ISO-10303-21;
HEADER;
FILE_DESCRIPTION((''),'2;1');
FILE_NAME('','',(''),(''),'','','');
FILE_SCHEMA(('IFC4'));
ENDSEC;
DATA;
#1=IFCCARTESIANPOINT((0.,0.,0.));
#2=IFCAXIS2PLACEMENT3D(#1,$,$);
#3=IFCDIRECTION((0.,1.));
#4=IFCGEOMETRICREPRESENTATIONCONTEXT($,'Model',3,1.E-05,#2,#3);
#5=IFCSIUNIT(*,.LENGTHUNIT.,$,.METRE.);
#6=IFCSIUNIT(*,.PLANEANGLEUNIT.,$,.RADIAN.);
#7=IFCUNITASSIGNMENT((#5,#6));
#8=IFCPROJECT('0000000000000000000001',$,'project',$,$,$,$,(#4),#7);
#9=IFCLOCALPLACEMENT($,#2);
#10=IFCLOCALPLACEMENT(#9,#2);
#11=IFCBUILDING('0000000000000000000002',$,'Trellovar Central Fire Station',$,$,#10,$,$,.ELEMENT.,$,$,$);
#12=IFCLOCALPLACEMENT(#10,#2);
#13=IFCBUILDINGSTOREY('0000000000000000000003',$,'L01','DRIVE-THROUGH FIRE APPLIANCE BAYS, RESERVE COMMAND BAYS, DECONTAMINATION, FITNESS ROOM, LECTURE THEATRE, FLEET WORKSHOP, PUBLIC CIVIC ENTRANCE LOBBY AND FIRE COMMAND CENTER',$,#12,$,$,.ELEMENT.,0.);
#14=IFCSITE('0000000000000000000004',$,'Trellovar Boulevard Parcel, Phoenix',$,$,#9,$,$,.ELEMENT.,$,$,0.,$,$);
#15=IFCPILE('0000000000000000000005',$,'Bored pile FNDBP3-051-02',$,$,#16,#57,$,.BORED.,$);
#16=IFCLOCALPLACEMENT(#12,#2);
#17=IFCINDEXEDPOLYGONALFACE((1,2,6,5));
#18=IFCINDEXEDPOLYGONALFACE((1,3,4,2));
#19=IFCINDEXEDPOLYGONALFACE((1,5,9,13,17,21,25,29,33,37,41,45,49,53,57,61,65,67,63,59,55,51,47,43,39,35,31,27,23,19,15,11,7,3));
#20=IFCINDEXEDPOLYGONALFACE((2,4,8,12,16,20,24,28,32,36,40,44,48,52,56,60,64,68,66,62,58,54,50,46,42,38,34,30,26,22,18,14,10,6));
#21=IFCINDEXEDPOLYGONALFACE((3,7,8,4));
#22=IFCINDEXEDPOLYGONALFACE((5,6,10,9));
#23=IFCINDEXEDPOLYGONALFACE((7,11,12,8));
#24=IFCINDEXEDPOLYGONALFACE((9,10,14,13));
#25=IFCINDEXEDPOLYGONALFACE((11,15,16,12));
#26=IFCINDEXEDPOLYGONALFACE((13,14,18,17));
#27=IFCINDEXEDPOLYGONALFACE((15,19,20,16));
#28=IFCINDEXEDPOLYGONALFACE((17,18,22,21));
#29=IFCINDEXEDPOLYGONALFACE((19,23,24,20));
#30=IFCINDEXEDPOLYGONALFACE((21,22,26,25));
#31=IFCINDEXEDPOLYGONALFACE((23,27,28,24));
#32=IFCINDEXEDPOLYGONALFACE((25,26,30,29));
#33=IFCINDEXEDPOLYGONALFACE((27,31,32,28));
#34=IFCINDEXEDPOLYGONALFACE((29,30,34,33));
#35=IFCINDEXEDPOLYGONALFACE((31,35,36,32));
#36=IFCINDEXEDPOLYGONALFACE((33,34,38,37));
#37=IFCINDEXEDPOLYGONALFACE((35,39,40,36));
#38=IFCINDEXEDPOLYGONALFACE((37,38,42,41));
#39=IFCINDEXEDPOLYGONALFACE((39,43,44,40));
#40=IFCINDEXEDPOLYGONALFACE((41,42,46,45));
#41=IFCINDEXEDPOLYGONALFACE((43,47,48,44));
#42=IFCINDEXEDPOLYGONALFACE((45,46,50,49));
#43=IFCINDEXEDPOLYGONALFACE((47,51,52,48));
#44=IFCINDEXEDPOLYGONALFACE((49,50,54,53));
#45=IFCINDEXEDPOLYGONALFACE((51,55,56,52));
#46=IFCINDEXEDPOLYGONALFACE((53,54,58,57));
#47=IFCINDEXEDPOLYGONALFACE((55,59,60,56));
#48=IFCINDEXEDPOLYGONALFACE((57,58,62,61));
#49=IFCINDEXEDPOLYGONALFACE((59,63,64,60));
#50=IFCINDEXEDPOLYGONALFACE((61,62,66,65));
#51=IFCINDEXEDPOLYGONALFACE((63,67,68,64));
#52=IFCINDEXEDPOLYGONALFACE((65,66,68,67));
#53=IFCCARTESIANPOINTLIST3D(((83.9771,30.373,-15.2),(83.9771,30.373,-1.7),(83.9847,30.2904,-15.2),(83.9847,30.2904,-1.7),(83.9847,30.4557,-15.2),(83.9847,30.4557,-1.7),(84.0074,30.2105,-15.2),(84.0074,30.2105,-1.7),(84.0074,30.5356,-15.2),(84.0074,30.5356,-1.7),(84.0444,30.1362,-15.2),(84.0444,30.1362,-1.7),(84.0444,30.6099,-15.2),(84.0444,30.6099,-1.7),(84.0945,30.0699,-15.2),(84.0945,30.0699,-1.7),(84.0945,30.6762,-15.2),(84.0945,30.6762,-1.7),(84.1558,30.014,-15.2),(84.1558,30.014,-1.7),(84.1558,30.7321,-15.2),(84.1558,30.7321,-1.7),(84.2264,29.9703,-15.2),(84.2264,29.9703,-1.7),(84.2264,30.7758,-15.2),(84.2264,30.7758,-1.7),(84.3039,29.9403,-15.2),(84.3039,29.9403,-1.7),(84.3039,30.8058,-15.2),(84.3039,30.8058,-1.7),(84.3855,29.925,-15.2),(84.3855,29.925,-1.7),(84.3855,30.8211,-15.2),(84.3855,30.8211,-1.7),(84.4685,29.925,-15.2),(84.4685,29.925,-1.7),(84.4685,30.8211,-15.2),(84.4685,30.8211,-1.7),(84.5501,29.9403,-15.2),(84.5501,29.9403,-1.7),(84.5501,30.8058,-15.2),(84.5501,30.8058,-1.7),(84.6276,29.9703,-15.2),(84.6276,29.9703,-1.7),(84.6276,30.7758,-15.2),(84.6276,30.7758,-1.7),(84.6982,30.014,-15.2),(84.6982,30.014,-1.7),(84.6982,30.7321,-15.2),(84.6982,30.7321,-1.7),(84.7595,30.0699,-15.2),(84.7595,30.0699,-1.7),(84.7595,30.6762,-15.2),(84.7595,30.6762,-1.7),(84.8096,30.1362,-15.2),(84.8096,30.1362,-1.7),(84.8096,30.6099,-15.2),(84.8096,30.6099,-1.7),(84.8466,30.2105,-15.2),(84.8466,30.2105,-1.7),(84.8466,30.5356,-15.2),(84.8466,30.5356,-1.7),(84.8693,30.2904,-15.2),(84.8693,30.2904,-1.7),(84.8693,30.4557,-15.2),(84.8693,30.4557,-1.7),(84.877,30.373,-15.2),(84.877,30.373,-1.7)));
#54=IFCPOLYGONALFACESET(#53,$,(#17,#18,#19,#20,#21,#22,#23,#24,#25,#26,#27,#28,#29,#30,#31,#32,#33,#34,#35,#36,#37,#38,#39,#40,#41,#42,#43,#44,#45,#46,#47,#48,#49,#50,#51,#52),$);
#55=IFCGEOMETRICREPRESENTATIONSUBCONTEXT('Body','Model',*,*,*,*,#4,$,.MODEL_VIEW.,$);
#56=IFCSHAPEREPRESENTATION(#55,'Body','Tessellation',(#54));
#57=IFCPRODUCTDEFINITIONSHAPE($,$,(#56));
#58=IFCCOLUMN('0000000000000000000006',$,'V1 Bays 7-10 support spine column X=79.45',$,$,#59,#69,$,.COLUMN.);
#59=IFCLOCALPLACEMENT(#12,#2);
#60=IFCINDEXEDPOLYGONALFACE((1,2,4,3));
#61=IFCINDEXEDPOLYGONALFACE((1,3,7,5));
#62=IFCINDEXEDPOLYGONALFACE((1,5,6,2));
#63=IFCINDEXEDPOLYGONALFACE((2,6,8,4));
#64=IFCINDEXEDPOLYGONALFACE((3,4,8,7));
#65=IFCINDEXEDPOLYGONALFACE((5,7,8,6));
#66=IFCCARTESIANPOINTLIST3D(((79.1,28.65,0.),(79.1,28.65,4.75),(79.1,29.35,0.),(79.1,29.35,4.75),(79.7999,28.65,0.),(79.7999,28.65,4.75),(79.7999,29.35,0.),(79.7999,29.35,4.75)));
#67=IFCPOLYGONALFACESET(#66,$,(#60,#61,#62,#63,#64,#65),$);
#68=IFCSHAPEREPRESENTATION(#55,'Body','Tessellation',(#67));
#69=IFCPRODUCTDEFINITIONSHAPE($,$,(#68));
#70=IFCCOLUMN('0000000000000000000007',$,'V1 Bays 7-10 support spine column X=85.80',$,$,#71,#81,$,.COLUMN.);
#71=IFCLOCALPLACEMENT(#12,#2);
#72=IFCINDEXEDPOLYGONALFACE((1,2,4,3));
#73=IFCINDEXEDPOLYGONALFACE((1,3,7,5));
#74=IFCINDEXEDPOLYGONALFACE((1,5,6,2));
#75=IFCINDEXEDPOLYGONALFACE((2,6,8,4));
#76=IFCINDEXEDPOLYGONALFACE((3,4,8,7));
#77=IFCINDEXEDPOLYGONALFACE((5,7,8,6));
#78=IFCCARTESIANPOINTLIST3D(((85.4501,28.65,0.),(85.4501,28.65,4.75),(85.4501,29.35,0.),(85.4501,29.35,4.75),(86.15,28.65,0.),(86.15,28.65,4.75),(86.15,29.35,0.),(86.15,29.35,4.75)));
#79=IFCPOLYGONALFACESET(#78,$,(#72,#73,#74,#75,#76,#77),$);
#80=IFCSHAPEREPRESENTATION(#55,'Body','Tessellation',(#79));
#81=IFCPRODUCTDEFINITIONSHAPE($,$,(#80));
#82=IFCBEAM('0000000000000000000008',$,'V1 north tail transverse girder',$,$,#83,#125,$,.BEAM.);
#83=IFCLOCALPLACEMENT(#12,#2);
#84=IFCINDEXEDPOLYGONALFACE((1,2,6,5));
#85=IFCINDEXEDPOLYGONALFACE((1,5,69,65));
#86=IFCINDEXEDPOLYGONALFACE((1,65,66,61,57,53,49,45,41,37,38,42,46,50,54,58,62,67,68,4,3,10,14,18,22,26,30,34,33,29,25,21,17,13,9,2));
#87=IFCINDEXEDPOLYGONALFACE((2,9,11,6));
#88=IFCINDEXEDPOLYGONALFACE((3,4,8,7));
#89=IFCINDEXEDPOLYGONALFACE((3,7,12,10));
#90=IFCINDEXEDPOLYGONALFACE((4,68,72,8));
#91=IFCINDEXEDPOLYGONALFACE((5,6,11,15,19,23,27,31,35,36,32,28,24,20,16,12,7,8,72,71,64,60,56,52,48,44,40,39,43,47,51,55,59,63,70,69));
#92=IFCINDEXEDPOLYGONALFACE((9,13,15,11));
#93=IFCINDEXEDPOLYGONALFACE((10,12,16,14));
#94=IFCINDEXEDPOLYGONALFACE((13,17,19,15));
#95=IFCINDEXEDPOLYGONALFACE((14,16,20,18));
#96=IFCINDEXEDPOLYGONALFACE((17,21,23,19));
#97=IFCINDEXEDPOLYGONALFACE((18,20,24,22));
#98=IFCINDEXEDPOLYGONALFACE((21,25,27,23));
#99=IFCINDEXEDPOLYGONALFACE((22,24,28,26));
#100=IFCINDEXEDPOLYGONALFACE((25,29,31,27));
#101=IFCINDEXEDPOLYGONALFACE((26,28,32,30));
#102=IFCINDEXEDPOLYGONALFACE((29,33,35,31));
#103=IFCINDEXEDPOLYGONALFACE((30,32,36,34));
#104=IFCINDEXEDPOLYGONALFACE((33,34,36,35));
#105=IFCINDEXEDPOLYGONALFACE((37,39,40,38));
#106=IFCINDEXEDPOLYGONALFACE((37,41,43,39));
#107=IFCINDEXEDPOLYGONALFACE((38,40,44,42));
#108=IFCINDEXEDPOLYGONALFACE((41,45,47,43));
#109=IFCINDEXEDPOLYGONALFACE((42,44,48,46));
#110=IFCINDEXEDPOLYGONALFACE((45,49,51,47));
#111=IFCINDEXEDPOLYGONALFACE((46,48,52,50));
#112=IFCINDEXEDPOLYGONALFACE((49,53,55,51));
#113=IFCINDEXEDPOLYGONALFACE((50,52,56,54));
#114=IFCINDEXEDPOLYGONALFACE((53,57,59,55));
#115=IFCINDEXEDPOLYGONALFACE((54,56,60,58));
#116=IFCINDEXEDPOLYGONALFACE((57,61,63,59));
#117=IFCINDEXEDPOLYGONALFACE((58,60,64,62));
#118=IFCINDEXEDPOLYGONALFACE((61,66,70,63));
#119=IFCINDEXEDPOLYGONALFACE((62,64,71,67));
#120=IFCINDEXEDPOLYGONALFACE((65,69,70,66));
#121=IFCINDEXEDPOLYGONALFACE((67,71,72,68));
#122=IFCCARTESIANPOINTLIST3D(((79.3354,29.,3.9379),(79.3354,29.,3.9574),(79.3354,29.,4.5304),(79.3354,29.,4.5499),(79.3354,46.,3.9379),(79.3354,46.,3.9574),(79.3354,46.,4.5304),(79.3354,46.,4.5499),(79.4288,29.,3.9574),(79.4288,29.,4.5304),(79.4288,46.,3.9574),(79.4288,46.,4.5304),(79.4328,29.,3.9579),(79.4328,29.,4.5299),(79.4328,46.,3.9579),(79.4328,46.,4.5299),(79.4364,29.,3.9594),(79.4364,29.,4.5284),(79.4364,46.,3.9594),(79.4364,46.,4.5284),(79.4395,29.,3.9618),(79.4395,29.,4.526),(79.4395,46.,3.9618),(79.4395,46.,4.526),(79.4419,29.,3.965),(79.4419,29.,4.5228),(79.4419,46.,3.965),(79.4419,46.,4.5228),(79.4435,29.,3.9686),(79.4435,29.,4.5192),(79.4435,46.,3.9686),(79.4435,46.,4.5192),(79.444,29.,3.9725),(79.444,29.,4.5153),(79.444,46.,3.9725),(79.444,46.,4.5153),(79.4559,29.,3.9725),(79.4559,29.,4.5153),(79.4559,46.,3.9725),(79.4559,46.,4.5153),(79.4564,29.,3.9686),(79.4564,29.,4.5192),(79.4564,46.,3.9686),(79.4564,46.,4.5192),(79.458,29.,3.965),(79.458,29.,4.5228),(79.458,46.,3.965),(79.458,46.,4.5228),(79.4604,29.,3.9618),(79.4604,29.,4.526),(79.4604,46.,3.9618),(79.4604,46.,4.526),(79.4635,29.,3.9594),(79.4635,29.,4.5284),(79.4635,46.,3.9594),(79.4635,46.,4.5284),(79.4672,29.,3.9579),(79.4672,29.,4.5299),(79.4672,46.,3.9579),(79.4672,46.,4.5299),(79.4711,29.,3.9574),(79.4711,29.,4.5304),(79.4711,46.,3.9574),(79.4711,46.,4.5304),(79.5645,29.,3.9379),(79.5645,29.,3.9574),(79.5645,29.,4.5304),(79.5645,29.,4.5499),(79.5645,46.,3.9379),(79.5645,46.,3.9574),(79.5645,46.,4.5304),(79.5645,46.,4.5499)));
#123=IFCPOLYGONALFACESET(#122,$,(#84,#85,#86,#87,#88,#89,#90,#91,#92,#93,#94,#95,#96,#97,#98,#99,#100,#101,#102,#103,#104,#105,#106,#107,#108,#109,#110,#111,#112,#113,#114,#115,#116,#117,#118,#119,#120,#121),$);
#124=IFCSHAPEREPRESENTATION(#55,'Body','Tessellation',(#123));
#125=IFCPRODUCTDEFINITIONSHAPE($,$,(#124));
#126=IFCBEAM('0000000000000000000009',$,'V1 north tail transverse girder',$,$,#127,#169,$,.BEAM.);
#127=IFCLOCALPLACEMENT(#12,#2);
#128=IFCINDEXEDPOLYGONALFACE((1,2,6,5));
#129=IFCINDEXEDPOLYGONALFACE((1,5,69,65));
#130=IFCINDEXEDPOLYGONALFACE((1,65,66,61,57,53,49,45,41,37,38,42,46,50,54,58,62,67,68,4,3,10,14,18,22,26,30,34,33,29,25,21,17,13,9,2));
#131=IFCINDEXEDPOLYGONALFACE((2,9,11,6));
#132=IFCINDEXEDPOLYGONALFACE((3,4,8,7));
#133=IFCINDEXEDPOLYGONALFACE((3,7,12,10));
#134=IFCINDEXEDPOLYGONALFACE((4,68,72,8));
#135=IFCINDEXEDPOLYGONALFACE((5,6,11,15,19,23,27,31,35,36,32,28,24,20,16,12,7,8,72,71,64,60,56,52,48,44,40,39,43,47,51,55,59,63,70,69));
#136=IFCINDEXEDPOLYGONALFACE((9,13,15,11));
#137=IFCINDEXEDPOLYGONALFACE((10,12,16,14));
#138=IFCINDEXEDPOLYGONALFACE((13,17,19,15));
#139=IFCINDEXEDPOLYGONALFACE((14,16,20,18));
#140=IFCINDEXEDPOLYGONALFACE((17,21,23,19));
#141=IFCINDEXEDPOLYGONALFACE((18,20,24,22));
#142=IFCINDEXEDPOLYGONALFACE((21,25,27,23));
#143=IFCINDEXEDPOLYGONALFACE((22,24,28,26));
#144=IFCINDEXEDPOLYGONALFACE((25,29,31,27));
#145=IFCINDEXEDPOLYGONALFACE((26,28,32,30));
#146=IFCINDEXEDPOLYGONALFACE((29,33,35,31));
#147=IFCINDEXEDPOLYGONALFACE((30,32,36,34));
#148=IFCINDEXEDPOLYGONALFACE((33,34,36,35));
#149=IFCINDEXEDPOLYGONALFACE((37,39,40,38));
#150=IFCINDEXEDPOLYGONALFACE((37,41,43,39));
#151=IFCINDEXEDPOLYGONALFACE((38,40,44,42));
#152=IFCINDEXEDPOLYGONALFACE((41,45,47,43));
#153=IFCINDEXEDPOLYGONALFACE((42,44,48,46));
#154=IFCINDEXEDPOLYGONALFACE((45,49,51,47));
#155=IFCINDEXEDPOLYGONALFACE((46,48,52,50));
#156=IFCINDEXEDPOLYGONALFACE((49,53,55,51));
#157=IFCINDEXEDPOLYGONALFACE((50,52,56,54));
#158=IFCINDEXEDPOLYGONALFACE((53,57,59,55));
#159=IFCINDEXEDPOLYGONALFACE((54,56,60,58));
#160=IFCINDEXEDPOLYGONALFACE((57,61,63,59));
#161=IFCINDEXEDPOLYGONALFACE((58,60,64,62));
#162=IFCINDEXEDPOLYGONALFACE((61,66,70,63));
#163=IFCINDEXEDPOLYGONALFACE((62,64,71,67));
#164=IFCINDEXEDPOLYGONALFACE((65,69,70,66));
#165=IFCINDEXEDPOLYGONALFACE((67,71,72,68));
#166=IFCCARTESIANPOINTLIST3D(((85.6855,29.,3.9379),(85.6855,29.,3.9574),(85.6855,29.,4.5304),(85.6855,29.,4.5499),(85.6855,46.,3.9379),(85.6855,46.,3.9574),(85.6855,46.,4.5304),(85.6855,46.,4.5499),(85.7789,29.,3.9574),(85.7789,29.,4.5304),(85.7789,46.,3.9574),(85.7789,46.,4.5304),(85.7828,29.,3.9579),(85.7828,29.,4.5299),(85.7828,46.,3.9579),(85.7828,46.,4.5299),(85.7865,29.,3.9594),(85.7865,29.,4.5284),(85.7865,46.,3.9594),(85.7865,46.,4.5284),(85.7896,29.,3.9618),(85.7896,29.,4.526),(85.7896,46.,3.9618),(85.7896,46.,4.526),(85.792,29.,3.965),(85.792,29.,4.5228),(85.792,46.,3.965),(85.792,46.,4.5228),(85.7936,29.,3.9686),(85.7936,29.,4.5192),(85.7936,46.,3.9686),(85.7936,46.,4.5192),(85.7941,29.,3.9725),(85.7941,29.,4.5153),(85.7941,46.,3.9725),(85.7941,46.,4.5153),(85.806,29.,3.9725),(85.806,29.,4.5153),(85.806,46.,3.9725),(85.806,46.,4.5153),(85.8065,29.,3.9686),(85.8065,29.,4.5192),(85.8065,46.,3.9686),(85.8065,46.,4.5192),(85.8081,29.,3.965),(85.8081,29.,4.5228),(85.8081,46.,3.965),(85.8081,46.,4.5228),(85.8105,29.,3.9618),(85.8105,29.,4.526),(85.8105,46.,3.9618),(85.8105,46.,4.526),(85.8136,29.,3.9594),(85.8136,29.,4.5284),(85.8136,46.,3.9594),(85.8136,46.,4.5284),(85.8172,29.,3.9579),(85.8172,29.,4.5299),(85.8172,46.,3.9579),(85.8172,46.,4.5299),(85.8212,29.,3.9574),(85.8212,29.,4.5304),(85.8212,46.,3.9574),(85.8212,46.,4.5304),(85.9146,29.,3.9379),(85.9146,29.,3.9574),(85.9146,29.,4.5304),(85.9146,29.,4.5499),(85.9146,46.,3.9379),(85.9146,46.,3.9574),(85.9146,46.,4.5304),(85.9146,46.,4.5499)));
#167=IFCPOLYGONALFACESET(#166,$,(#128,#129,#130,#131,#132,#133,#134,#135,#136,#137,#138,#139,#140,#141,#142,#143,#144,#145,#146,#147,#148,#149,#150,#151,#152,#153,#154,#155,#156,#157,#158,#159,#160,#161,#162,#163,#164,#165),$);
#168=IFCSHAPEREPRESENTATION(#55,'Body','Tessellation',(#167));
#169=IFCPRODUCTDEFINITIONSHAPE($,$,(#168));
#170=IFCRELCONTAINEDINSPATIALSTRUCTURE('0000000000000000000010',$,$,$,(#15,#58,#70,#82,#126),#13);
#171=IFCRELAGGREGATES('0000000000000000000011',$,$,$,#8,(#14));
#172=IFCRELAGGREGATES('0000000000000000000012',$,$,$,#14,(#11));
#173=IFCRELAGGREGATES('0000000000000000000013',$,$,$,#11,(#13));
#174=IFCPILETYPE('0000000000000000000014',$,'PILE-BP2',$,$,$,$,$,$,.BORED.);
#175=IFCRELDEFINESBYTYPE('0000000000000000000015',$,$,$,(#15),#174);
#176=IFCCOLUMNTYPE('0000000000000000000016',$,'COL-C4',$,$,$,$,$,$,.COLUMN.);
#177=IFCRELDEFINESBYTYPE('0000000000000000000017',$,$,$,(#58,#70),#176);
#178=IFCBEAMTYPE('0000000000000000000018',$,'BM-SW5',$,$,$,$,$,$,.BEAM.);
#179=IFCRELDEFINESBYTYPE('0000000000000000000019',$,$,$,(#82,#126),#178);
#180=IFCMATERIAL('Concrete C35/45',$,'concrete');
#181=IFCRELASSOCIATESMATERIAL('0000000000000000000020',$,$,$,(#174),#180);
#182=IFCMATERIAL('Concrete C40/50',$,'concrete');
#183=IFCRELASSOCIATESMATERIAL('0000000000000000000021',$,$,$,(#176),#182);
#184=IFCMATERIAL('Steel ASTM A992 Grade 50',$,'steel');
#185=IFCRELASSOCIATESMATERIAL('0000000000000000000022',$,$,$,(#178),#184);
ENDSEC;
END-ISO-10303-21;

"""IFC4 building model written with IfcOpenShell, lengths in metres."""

from ifc_helpers import new_model, si_unit, direction, frame, origin, origin_2d, place, context, subcontext, project, spatial, rectangle, circle, i_section, extrude, material, material_profile, profile_set, type_object, element, save


model = new_model("IFC4")

# Units and contexts
model_context = context("Model", 3, precision=1e-05, world=origin(), true_north=direction((0.0, 1.0)))
body_context = subcontext(model_context, "Body", "Model", "MODEL_VIEW")
ifc_project = project(units=[si_unit("LENGTHUNIT", "METRE"), si_unit("PLANEANGLEUNIT", "RADIAN")], contexts=[model_context])

# Site, building, storey
site_placement = place(None, origin())
site = spatial("IfcSite", under=ifc_project, at=site_placement, Name="Trellovar Boulevard Parcel, Phoenix", CompositionType="ELEMENT", RefElevation=0.0)
building_placement = place(site_placement, origin())
building = spatial("IfcBuilding", under=site, at=building_placement, Name="Trellovar Central Fire Station", CompositionType="ELEMENT")
storey_placement = place(building_placement, origin())
storey = spatial("IfcBuildingStorey", under=building, at=storey_placement, Name="L01", Description="DRIVE-THROUGH FIRE APPLIANCE BAYS, RESERVE COMMAND BAYS, DECONTAMINATION, FITNESS ROOM, LECTURE THEATRE, FLEET WORKSHOP, PUBLIC CIVIC ENTRANCE LOBBY AND FIRE COMMAND CENTER", CompositionType="ELEMENT", Elevation=0.0)

# Pile
ifc_material_1 = material(Name="Concrete C35/45", Category="concrete")
ifc_material_profile_1 = material_profile(ifc_material_1, circle(Radius=0.45, at=origin_2d()), Name="PILE900")
ifc_profile_set_1 = profile_set([ifc_material_profile_1], Name="Concrete C35/45")
pile_type = type_object("IfcPileType", Name="PILE-BP2", PredefinedType="BORED", material=ifc_profile_set_1)
for number, where, z_axis, x_axis, name in (
    (1, (84.427, 30.373, -1.7), (0.0, 0.0, -1.0), (1.0, 0.0, 0.0), "Bored pile FNDBP3-051-02"),
):
    element("IfcPile", number, at=place(storey_placement, frame(where, z_axis=z_axis, x_axis=x_axis)), inside=storey, type_object=pile_type, Name=name, PredefinedType="BORED", context=body_context, shape_type="SweptSolid", body=[
        extrude(circle(Radius=0.45, at=origin_2d()), origin(), (0.0, 0.0, 1.0), 13.5),
    ])

# Columns
ifc_material_2 = material(Name="Concrete C40/50", Category="concrete")
ifc_material_profile_2 = material_profile(ifc_material_2, rectangle(XDim=0.7, YDim=0.7, at=origin_2d()), Name="RC700X700")
ifc_profile_set_2 = profile_set([ifc_material_profile_2], Name="Concrete C40/50")
column_type = type_object("IfcColumnType", Name="COL-C4", PredefinedType="COLUMN", material=ifc_profile_set_2)
for number, where, z_axis, x_axis, name in (
    (2, (79.45, 29.0, 0.0), (0.0, 0.0, 1.0), (1.0, 0.0, 0.0), "V1 Bays 7-10 support spine column X=79.45"),
    (3, (85.8, 29.0, 0.0), (0.0, 0.0, 1.0), (1.0, 0.0, 0.0), "V1 Bays 7-10 support spine column X=85.80"),
):
    element("IfcColumn", number, at=place(storey_placement, frame(where, z_axis=z_axis, x_axis=x_axis)), inside=storey, type_object=column_type, Name=name, PredefinedType="COLUMN", context=body_context, shape_type="SweptSolid", body=[
        extrude(rectangle(XDim=0.7, YDim=0.7, at=origin_2d()), origin(), (0.0, 0.0, 1.0), 4.75),
    ])

# Beams
ifc_material_3 = material(Name="Steel ASTM A992 Grade 50", Category="steel")
ifc_material_profile_3 = material_profile(ifc_material_3, i_section(OverallWidth=0.229, OverallDepth=0.6121, WebThickness=0.012, FlangeThickness=0.0195, FilletRadius=0.0151, at=origin_2d()), Name="W24X84")
ifc_profile_set_3 = profile_set([ifc_material_profile_3], Name="Steel ASTM A992 Grade 50")
beam_type = type_object("IfcBeamType", Name="BM-SW5", PredefinedType="BEAM", material=ifc_profile_set_3)
for number, where, z_axis, x_axis, name in (
    (4, (79.45, 29.0, 4.2439), (0.0, 1.0, 0.0), (-1.0, 0.0, 0.0), "V1 north tail transverse girder"),
    (5, (85.8, 29.0, 4.2439), (0.0, 1.0, 0.0), (-1.0, 0.0, 0.0), "V1 north tail transverse girder"),
):
    element("IfcBeam", number, at=place(storey_placement, frame(where, z_axis=z_axis, x_axis=x_axis)), inside=storey, type_object=beam_type, Name=name, PredefinedType="BEAM", context=body_context, shape_type="SweptSolid", body=[
        extrude(i_section(OverallWidth=0.229, OverallDepth=0.6121, WebThickness=0.012, FlangeThickness=0.0195, FilletRadius=0.0151, at=origin_2d()), origin(), (0.0, 0.0, 1.0), 17.0),
    ])

save(model, "model.ifc")
